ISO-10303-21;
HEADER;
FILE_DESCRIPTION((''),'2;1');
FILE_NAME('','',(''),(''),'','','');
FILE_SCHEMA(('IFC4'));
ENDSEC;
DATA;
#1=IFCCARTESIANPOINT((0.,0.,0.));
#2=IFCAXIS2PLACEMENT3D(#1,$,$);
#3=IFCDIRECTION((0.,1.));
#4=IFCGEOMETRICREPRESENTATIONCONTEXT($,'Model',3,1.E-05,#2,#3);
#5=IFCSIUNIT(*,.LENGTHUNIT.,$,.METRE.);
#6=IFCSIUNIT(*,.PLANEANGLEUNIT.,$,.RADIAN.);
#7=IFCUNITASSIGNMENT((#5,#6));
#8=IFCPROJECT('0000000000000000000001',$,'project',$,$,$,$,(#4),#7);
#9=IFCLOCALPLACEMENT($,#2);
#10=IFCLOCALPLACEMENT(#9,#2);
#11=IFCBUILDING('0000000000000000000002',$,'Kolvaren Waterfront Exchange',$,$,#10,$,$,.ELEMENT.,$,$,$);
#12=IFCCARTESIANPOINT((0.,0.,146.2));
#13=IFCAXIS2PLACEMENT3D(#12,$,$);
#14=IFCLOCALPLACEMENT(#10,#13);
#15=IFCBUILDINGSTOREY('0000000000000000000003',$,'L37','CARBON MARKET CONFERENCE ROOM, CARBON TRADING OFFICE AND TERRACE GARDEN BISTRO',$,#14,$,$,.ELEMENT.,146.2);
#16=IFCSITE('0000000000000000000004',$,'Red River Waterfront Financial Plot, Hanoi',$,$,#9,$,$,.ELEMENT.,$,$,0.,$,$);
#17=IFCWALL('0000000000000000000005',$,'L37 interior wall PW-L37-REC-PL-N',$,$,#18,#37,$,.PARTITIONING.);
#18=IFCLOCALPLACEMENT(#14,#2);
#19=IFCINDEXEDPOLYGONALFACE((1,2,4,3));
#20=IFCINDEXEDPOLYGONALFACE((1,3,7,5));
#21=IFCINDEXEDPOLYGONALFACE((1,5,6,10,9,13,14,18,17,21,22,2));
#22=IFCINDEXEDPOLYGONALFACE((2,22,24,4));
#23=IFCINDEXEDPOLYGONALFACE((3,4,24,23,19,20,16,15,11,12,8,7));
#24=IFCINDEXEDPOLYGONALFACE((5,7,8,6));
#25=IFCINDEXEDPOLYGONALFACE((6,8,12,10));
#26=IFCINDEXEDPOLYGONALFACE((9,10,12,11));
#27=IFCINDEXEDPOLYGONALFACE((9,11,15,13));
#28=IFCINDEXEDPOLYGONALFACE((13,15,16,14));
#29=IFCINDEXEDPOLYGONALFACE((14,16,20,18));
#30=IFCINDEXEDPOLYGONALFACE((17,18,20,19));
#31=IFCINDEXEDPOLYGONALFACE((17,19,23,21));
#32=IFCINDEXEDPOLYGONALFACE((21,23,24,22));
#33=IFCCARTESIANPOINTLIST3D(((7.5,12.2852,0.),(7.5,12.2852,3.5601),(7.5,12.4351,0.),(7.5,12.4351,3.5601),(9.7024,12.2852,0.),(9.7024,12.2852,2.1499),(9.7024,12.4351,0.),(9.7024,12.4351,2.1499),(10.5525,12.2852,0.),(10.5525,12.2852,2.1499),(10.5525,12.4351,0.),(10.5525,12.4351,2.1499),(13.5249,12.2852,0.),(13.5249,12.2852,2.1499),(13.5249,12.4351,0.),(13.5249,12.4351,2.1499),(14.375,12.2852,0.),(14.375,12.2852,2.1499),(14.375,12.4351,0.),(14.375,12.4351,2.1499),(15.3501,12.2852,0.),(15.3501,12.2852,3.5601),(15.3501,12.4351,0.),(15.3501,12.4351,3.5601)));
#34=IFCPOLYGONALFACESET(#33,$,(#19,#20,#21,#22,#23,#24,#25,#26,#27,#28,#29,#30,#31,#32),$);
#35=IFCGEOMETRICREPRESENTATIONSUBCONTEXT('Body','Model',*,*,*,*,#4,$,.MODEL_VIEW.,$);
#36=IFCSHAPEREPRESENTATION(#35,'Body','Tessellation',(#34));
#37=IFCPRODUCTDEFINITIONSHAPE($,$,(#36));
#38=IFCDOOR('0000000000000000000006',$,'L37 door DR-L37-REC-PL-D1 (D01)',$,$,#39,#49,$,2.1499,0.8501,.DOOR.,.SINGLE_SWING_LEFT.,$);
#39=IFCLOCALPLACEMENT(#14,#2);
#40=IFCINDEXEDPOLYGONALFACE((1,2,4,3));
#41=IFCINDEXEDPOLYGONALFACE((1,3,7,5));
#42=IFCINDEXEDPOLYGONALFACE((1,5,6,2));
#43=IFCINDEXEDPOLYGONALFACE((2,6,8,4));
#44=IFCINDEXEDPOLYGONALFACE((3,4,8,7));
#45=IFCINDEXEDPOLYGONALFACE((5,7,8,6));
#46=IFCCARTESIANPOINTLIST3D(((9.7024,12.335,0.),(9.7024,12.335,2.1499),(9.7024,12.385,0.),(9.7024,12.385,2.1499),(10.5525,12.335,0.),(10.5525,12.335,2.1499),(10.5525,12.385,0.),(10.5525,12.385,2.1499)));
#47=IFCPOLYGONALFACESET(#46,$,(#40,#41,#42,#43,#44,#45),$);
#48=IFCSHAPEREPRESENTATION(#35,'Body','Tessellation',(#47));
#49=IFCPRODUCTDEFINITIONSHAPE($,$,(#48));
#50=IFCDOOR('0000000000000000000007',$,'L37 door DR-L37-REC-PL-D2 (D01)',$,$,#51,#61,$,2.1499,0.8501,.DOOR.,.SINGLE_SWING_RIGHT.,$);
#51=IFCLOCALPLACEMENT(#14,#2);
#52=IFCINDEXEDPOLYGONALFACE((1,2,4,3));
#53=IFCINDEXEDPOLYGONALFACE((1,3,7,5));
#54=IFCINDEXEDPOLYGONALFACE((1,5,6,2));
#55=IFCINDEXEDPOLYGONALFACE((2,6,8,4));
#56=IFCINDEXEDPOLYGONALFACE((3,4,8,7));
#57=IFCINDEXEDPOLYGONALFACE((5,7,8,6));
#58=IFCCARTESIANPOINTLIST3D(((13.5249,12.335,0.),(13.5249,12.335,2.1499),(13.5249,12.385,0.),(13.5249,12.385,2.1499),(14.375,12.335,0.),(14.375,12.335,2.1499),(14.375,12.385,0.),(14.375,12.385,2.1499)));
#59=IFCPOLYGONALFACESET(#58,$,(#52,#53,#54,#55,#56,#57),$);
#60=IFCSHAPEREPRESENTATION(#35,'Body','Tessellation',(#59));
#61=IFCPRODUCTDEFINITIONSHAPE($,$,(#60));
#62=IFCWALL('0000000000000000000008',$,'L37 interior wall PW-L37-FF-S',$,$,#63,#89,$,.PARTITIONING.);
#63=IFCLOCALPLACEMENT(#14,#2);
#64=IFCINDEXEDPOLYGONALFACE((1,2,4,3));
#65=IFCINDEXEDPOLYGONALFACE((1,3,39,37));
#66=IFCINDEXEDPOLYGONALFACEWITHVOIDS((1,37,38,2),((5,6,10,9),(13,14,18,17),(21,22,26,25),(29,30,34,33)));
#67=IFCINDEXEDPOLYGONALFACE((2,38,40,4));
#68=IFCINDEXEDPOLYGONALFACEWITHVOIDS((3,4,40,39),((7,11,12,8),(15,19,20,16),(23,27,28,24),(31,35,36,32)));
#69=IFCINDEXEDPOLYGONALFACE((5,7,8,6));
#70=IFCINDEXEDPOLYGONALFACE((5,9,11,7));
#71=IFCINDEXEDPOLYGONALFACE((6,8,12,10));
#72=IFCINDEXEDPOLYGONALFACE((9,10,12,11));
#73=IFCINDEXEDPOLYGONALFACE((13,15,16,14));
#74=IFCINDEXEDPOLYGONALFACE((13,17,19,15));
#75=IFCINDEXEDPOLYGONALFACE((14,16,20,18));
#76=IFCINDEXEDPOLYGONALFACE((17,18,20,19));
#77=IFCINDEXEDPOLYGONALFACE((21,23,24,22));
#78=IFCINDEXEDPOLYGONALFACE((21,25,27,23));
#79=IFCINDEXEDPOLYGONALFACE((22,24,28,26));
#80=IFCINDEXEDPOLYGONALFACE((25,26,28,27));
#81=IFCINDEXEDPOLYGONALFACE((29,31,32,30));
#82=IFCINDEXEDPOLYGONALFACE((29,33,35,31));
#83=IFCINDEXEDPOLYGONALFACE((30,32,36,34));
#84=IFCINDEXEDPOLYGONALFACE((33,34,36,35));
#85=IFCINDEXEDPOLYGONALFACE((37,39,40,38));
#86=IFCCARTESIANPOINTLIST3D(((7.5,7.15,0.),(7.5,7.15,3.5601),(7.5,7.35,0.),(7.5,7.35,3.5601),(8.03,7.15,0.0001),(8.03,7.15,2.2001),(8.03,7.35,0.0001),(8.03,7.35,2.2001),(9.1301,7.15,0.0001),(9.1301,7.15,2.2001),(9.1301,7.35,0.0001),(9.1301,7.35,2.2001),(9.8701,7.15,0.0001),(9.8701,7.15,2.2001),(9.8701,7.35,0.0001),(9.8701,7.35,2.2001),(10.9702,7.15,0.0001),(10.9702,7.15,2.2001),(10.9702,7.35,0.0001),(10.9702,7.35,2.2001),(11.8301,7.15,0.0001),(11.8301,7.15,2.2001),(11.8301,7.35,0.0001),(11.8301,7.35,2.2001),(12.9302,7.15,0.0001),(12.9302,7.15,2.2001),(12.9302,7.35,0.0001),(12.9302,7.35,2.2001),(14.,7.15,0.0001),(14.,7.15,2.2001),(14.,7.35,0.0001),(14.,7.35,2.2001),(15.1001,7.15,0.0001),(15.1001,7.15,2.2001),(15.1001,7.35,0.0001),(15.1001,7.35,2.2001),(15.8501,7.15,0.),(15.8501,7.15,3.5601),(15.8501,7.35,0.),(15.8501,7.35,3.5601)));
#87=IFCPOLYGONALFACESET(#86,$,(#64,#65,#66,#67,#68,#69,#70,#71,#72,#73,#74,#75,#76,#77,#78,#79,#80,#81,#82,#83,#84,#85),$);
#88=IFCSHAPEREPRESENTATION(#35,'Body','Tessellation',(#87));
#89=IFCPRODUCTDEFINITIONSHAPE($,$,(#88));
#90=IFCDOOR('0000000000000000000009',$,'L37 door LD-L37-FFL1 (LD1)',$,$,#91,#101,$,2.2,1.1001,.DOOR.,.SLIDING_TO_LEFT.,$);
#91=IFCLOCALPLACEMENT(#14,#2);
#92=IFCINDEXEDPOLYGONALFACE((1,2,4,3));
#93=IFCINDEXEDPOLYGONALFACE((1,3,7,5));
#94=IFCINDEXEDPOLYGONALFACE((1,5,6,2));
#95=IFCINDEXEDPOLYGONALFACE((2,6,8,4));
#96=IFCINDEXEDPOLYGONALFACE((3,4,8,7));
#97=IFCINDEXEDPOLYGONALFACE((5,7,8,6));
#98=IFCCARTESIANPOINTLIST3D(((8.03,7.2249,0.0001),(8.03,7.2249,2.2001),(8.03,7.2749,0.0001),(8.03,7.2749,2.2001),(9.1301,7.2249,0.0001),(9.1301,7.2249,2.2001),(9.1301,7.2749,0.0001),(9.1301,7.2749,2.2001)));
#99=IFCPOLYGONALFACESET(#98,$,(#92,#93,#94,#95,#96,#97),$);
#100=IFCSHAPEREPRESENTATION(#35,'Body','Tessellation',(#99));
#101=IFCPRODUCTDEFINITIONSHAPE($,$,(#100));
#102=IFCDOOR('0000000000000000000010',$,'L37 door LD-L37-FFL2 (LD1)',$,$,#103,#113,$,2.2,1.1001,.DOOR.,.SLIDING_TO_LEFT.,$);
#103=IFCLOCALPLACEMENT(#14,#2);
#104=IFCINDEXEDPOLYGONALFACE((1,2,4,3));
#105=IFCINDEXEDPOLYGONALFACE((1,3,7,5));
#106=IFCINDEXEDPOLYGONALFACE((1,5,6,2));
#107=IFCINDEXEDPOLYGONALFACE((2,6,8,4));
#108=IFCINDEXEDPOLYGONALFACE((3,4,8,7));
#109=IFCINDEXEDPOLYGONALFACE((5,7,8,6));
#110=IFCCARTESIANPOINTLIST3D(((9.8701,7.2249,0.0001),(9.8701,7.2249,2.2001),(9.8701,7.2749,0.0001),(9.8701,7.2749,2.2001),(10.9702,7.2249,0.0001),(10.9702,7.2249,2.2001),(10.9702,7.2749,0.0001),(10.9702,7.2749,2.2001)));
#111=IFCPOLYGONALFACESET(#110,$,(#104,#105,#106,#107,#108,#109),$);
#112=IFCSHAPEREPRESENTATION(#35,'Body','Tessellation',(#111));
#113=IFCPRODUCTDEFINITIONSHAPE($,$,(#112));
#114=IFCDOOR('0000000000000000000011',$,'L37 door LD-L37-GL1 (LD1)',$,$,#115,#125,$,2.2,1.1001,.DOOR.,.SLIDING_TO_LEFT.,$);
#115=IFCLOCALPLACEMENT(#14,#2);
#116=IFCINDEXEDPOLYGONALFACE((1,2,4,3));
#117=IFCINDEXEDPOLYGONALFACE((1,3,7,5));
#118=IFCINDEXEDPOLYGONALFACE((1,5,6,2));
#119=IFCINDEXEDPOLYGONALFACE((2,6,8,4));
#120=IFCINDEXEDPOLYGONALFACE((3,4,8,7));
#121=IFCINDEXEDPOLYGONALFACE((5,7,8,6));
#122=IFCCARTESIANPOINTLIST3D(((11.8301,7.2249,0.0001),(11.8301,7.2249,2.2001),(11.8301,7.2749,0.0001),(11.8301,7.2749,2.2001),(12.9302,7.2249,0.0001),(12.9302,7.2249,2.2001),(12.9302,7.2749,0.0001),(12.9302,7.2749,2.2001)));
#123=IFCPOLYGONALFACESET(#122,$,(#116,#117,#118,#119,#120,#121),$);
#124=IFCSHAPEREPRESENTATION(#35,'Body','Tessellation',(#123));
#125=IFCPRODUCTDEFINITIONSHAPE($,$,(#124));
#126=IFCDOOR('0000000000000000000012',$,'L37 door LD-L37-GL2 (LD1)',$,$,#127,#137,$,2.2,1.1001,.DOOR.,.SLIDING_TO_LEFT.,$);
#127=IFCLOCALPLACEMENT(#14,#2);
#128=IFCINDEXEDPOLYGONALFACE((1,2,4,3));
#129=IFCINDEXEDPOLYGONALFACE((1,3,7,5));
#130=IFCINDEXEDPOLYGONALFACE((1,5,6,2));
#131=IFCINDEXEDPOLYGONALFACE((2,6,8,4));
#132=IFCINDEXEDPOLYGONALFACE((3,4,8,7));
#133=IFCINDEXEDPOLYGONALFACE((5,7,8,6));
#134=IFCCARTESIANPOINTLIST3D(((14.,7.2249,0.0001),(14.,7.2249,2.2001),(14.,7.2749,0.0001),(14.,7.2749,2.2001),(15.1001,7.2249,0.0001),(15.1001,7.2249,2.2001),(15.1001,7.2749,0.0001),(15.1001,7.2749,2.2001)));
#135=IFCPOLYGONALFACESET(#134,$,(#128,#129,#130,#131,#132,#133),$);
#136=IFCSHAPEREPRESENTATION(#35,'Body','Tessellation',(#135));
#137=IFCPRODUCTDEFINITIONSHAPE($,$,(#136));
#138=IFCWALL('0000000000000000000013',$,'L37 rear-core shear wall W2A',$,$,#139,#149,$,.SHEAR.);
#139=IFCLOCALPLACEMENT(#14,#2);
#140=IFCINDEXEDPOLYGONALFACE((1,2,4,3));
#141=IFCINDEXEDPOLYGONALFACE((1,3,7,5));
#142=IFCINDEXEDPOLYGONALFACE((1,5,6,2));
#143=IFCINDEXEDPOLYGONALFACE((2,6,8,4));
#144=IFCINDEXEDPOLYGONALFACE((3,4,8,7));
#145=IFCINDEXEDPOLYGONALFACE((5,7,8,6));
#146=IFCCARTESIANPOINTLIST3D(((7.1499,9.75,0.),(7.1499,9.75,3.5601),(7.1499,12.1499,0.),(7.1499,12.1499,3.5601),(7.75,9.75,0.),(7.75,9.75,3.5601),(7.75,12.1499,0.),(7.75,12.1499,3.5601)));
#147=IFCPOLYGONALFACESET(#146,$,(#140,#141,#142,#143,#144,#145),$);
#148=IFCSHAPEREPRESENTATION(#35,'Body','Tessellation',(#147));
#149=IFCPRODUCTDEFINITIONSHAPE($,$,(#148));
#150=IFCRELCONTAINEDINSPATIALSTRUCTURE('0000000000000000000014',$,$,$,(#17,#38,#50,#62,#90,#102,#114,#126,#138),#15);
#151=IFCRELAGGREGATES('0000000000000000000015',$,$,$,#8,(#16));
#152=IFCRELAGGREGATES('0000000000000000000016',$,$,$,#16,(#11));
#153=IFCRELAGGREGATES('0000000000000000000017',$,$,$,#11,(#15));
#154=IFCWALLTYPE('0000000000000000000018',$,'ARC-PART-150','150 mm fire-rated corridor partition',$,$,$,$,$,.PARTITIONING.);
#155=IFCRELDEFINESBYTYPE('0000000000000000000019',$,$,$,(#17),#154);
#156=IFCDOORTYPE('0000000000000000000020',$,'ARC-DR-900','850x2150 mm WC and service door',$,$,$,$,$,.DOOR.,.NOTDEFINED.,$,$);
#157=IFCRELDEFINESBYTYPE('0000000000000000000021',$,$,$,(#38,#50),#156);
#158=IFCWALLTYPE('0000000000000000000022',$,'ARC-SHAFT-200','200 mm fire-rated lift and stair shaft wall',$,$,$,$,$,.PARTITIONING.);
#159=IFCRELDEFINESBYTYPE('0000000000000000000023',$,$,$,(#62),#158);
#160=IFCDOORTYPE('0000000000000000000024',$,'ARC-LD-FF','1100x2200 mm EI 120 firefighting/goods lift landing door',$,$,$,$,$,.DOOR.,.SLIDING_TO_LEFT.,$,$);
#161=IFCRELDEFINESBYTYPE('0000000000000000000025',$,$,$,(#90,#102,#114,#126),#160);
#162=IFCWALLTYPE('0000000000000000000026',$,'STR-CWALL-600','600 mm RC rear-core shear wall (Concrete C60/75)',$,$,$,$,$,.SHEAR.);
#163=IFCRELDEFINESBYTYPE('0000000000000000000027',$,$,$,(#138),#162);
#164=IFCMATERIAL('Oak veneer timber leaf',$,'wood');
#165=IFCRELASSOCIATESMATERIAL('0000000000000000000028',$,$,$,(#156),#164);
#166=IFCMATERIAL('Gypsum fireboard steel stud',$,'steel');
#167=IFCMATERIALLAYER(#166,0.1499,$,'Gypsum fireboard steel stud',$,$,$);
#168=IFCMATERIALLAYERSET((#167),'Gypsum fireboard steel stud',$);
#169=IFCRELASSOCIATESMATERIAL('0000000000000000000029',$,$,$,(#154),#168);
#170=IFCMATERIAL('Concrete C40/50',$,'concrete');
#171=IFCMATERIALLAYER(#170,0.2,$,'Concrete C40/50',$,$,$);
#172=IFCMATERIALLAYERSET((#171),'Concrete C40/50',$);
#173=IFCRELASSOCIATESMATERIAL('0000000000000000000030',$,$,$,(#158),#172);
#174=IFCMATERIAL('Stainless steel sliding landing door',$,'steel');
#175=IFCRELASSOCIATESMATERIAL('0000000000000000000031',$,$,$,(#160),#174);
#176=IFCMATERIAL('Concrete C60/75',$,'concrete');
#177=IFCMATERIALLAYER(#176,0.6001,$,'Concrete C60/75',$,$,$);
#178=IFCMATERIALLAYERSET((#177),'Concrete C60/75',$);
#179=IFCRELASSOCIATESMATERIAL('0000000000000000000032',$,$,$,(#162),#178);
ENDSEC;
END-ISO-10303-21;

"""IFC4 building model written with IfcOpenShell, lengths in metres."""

from ifc_helpers import new_model, si_unit, direction, frame, frame_2d, origin, place, context, subcontext, project, spatial, rectangle, extrude, material, layer, layer_set, type_object, element, fill, save


model = new_model("IFC4")

# Units and contexts
model_context = context("Model", 3, precision=1e-05, world=origin(), true_north=direction((0.0, 1.0)))
body_context = subcontext(model_context, "Body", "Model", "MODEL_VIEW")
ifc_project = project(units=[si_unit("LENGTHUNIT", "METRE"), si_unit("PLANEANGLEUNIT", "RADIAN")], contexts=[model_context])

# Site, building, storey
site_placement = place(None, origin())
site = spatial("IfcSite", under=ifc_project, at=site_placement, Name="Red River Waterfront Financial Plot, Hanoi", CompositionType="ELEMENT", RefElevation=0.0)
building_placement = place(site_placement, origin())
building = spatial("IfcBuilding", under=site, at=building_placement, Name="Kolvaren Waterfront Exchange", CompositionType="ELEMENT")
storey_placement = place(building_placement, frame((0.0, 0.0, 146.2)))
storey = spatial("IfcBuildingStorey", under=building, at=storey_placement, Name="L37", Description="CARBON MARKET CONFERENCE ROOM, CARBON TRADING OFFICE AND TERRACE GARDEN BISTRO", CompositionType="ELEMENT", Elevation=146.2)

# Shared definitions
ifc_material_1 = material(Name="Concrete C60/75", Category="concrete")

# Shared definitions
ifc_material_2 = material(Name="Oak veneer timber leaf", Category="wood")
door_type_1 = type_object("IfcDoorType", Name="ARC-DR-900", Description="850x2150 mm WC and service door", OperationType="NOTDEFINED", PredefinedType="DOOR", material=ifc_material_2)

# Walls, openings, doors
ifc_material_3 = material(Name="Gypsum fireboard steel stud", Category="steel")
ifc_layer_1 = layer(ifc_material_3, 0.1499, Name="Gypsum fireboard steel stud")
ifc_layer_set_1 = layer_set([ifc_layer_1], Name="Gypsum fireboard steel stud")
wall_type_1 = type_object("IfcWallType", Name="ARC-PART-150", Description="150 mm fire-rated corridor partition", PredefinedType="PARTITIONING", material=ifc_layer_set_1)
wall_1_placement = place(storey_placement, frame((7.5, 12.3601, 0.0), z_axis=(0.0, 0.0, 1.0), x_axis=(1.0, 0.0, 0.0)))
wall_1 = element("IfcWall", 1, at=wall_1_placement, inside=storey, type_object=wall_type_1, Name="L37 interior wall PW-L37-REC-PL-N", PredefinedType="PARTITIONING", context=body_context, shape_type="SweptSolid", body=[
    extrude(rectangle(XDim=7.8501, YDim=0.1499, at=frame_2d((3.925, 0.0))), origin(), (0.0, 0.0, 1.0), 3.5601),
])
opening_1_placement = place(wall_1_placement, frame((2.2024, 0.0, 0.0)))
opening_1 = element("IfcOpeningElement", 2, at=opening_1_placement, cuts=wall_1, PredefinedType="OPENING", context=body_context, shape_type="SweptSolid", body=[
    extrude(rectangle(XDim=0.8501, YDim=2.1499, at=frame_2d((0.425, 1.075))), frame((0.0, 0.085, 0.0), z_axis=(0.0, -1.0, 0.0), x_axis=(1.0, 0.0, 0.0)), (0.0, 0.0, 1.0), 0.1699),
])
opening_2_placement = place(wall_1_placement, frame((6.0249, 0.0, 0.0)))
opening_2 = element("IfcOpeningElement", 3, at=opening_2_placement, cuts=wall_1, PredefinedType="OPENING", context=body_context, shape_type="SweptSolid", body=[
    extrude(rectangle(XDim=0.8501, YDim=2.1499, at=frame_2d((0.425, 1.075))), frame((0.0, 0.085, 0.0), z_axis=(0.0, -1.0, 0.0), x_axis=(1.0, 0.0, 0.0)), (0.0, 0.0, 1.0), 0.1699),
])
door_1_placement = place(opening_1_placement, origin())
door_1 = element("IfcDoor", 4, at=door_1_placement, inside=storey, type_object=door_type_1, Name="L37 door DR-L37-REC-PL-D1 (D01)", OperationType="SINGLE_SWING_LEFT", OverallHeight=2.1499, OverallWidth=0.8501, PredefinedType="DOOR", context=body_context, shape_type="SweptSolid", body=[
    extrude(rectangle(XDim=0.8501, YDim=2.1499, at=frame_2d((0.425, 1.075))), frame((0.0, 0.0249, 0.0), z_axis=(0.0, -1.0, 0.0), x_axis=(1.0, 0.0, 0.0)), (0.0, 0.0, 1.0), 0.05),
])
fill(opening_1, door_1)
door_2_placement = place(opening_2_placement, origin())
door_2 = element("IfcDoor", 5, at=door_2_placement, inside=storey, type_object=door_type_1, Name="L37 door DR-L37-REC-PL-D2 (D01)", OperationType="SINGLE_SWING_RIGHT", OverallHeight=2.1499, OverallWidth=0.8501, PredefinedType="DOOR", context=body_context, shape_type="SweptSolid", body=[
    extrude(rectangle(XDim=0.8501, YDim=2.1499, at=frame_2d((0.425, 1.075))), frame((0.0, 0.0249, 0.0), z_axis=(0.0, -1.0, 0.0), x_axis=(1.0, 0.0, 0.0)), (0.0, 0.0, 1.0), 0.05),
])
fill(opening_2, door_2)
ifc_material_4 = material(Name="Concrete C40/50", Category="concrete")
ifc_layer_2 = layer(ifc_material_4, 0.2, Name="Concrete C40/50")
ifc_layer_set_2 = layer_set([ifc_layer_2], Name="Concrete C40/50")
wall_type_2 = type_object("IfcWallType", Name="ARC-SHAFT-200", Description="200 mm fire-rated lift and stair shaft wall", PredefinedType="PARTITIONING", material=ifc_layer_set_2)
wall_2_placement = place(storey_placement, frame((7.5, 7.25, 0.0), z_axis=(0.0, 0.0, 1.0), x_axis=(1.0, 0.0, 0.0)))
wall_2 = element("IfcWall", 6, at=wall_2_placement, inside=storey, type_object=wall_type_2, Name="L37 interior wall PW-L37-FF-S", PredefinedType="PARTITIONING", context=body_context, shape_type="SweptSolid", body=[
    extrude(rectangle(XDim=8.3501, YDim=0.2, at=frame_2d((4.175, 0.0))), origin(), (0.0, 0.0, 1.0), 3.5601),
])
opening_3_placement = place(wall_2_placement, frame((0.53, 0.0, 0.0)))
opening_3 = element("IfcOpeningElement", 7, at=opening_3_placement, cuts=wall_2, PredefinedType="OPENING", context=body_context, shape_type="SweptSolid", body=[
    extrude(rectangle(XDim=1.1001, YDim=2.2, at=frame_2d((0.55, 1.1001))), frame((0.0, 0.1099, 0.0), z_axis=(0.0, -1.0, 0.0), x_axis=(1.0, 0.0, 0.0)), (0.0, 0.0, 1.0), 0.22),
])
opening_4_placement = place(wall_2_placement, frame((2.3701, 0.0, 0.0)))
opening_4 = element("IfcOpeningElement", 8, at=opening_4_placement, cuts=wall_2, PredefinedType="OPENING", context=body_context, shape_type="SweptSolid", body=[
    extrude(rectangle(XDim=1.1001, YDim=2.2, at=frame_2d((0.55, 1.1001))), frame((0.0, 0.1099, 0.0), z_axis=(0.0, -1.0, 0.0), x_axis=(1.0, 0.0, 0.0)), (0.0, 0.0, 1.0), 0.22),
])
opening_5_placement = place(wall_2_placement, frame((4.3301, 0.0, 0.0)))
opening_5 = element("IfcOpeningElement", 9, at=opening_5_placement, cuts=wall_2, PredefinedType="OPENING", context=body_context, shape_type="SweptSolid", body=[
    extrude(rectangle(XDim=1.1001, YDim=2.2, at=frame_2d((0.55, 1.1001))), frame((0.0, 0.1099, 0.0), z_axis=(0.0, -1.0, 0.0), x_axis=(1.0, 0.0, 0.0)), (0.0, 0.0, 1.0), 0.22),
])
opening_6_placement = place(wall_2_placement, frame((6.5, 0.0, 0.0)))
opening_6 = element("IfcOpeningElement", 10, at=opening_6_placement, cuts=wall_2, PredefinedType="OPENING", context=body_context, shape_type="SweptSolid", body=[
    extrude(rectangle(XDim=1.1001, YDim=2.2, at=frame_2d((0.55, 1.1001))), frame((0.0, 0.1099, 0.0), z_axis=(0.0, -1.0, 0.0), x_axis=(1.0, 0.0, 0.0)), (0.0, 0.0, 1.0), 0.22),
])
ifc_material_5 = material(Name="Stainless steel sliding landing door", Category="steel")
door_type_2 = type_object("IfcDoorType", Name="ARC-LD-FF", Description="1100x2200 mm EI 120 firefighting/goods lift landing door", OperationType="SLIDING_TO_LEFT", PredefinedType="DOOR", material=ifc_material_5)
door_3_placement = place(opening_3_placement, origin())
door_3 = element("IfcDoor", 11, at=door_3_placement, inside=storey, type_object=door_type_2, Name="L37 door LD-L37-FFL1 (LD1)", OperationType="SLIDING_TO_LEFT", OverallHeight=2.2, OverallWidth=1.1001, PredefinedType="DOOR", context=body_context, shape_type="SweptSolid", body=[
    extrude(rectangle(XDim=1.1001, YDim=2.2, at=frame_2d((0.55, 1.1001))), frame((0.0, 0.0249, 0.0), z_axis=(0.0, -1.0, 0.0), x_axis=(1.0, 0.0, 0.0)), (0.0, 0.0, 1.0), 0.05),
])
fill(opening_3, door_3)
door_4_placement = place(opening_4_placement, origin())
door_4 = element("IfcDoor", 12, at=door_4_placement, inside=storey, type_object=door_type_2, Name="L37 door LD-L37-FFL2 (LD1)", OperationType="SLIDING_TO_LEFT", OverallHeight=2.2, OverallWidth=1.1001, PredefinedType="DOOR", context=body_context, shape_type="SweptSolid", body=[
    extrude(rectangle(XDim=1.1001, YDim=2.2, at=frame_2d((0.55, 1.1001))), frame((0.0, 0.0249, 0.0), z_axis=(0.0, -1.0, 0.0), x_axis=(1.0, 0.0, 0.0)), (0.0, 0.0, 1.0), 0.05),
])
fill(opening_4, door_4)
door_5_placement = place(opening_5_placement, origin())
door_5 = element("IfcDoor", 13, at=door_5_placement, inside=storey, type_object=door_type_2, Name="L37 door LD-L37-GL1 (LD1)", OperationType="SLIDING_TO_LEFT", OverallHeight=2.2, OverallWidth=1.1001, PredefinedType="DOOR", context=body_context, shape_type="SweptSolid", body=[
    extrude(rectangle(XDim=1.1001, YDim=2.2, at=frame_2d((0.55, 1.1001))), frame((0.0, 0.0249, 0.0), z_axis=(0.0, -1.0, 0.0), x_axis=(1.0, 0.0, 0.0)), (0.0, 0.0, 1.0), 0.05),
])
fill(opening_5, door_5)
door_6_placement = place(opening_6_placement, origin())
door_6 = element("IfcDoor", 14, at=door_6_placement, inside=storey, type_object=door_type_2, Name="L37 door LD-L37-GL2 (LD1)", OperationType="SLIDING_TO_LEFT", OverallHeight=2.2, OverallWidth=1.1001, PredefinedType="DOOR", context=body_context, shape_type="SweptSolid", body=[
    extrude(rectangle(XDim=1.1001, YDim=2.2, at=frame_2d((0.55, 1.1001))), frame((0.0, 0.0249, 0.0), z_axis=(0.0, -1.0, 0.0), x_axis=(1.0, 0.0, 0.0)), (0.0, 0.0, 1.0), 0.05),
])
fill(opening_6, door_6)

# Wall
ifc_layer_3 = layer(ifc_material_1, 0.6001, Name="Concrete C60/75")
ifc_layer_set_3 = layer_set([ifc_layer_3], Name="Concrete C60/75")
wall_type_3 = type_object("IfcWallType", Name="STR-CWALL-600", Description="600 mm RC rear-core shear wall (Concrete C60/75)", PredefinedType="SHEAR", material=ifc_layer_set_3)
wall_3_placement = place(storey_placement, frame((7.45, 9.75, 0.0), z_axis=(0.0, 0.0, 1.0), x_axis=(0.0, 1.0, 0.0)))
element("IfcWall", 15, at=wall_3_placement, inside=storey, type_object=wall_type_3, Name="L37 rear-core shear wall W2A", PredefinedType="SHEAR", context=body_context, shape_type="SweptSolid", body=[
    extrude(rectangle(XDim=2.3999, YDim=0.6001, at=frame_2d((1.2, 0.0))), origin(), (0.0, 0.0, 1.0), 3.5601),
])

save(model, "model.ifc")
